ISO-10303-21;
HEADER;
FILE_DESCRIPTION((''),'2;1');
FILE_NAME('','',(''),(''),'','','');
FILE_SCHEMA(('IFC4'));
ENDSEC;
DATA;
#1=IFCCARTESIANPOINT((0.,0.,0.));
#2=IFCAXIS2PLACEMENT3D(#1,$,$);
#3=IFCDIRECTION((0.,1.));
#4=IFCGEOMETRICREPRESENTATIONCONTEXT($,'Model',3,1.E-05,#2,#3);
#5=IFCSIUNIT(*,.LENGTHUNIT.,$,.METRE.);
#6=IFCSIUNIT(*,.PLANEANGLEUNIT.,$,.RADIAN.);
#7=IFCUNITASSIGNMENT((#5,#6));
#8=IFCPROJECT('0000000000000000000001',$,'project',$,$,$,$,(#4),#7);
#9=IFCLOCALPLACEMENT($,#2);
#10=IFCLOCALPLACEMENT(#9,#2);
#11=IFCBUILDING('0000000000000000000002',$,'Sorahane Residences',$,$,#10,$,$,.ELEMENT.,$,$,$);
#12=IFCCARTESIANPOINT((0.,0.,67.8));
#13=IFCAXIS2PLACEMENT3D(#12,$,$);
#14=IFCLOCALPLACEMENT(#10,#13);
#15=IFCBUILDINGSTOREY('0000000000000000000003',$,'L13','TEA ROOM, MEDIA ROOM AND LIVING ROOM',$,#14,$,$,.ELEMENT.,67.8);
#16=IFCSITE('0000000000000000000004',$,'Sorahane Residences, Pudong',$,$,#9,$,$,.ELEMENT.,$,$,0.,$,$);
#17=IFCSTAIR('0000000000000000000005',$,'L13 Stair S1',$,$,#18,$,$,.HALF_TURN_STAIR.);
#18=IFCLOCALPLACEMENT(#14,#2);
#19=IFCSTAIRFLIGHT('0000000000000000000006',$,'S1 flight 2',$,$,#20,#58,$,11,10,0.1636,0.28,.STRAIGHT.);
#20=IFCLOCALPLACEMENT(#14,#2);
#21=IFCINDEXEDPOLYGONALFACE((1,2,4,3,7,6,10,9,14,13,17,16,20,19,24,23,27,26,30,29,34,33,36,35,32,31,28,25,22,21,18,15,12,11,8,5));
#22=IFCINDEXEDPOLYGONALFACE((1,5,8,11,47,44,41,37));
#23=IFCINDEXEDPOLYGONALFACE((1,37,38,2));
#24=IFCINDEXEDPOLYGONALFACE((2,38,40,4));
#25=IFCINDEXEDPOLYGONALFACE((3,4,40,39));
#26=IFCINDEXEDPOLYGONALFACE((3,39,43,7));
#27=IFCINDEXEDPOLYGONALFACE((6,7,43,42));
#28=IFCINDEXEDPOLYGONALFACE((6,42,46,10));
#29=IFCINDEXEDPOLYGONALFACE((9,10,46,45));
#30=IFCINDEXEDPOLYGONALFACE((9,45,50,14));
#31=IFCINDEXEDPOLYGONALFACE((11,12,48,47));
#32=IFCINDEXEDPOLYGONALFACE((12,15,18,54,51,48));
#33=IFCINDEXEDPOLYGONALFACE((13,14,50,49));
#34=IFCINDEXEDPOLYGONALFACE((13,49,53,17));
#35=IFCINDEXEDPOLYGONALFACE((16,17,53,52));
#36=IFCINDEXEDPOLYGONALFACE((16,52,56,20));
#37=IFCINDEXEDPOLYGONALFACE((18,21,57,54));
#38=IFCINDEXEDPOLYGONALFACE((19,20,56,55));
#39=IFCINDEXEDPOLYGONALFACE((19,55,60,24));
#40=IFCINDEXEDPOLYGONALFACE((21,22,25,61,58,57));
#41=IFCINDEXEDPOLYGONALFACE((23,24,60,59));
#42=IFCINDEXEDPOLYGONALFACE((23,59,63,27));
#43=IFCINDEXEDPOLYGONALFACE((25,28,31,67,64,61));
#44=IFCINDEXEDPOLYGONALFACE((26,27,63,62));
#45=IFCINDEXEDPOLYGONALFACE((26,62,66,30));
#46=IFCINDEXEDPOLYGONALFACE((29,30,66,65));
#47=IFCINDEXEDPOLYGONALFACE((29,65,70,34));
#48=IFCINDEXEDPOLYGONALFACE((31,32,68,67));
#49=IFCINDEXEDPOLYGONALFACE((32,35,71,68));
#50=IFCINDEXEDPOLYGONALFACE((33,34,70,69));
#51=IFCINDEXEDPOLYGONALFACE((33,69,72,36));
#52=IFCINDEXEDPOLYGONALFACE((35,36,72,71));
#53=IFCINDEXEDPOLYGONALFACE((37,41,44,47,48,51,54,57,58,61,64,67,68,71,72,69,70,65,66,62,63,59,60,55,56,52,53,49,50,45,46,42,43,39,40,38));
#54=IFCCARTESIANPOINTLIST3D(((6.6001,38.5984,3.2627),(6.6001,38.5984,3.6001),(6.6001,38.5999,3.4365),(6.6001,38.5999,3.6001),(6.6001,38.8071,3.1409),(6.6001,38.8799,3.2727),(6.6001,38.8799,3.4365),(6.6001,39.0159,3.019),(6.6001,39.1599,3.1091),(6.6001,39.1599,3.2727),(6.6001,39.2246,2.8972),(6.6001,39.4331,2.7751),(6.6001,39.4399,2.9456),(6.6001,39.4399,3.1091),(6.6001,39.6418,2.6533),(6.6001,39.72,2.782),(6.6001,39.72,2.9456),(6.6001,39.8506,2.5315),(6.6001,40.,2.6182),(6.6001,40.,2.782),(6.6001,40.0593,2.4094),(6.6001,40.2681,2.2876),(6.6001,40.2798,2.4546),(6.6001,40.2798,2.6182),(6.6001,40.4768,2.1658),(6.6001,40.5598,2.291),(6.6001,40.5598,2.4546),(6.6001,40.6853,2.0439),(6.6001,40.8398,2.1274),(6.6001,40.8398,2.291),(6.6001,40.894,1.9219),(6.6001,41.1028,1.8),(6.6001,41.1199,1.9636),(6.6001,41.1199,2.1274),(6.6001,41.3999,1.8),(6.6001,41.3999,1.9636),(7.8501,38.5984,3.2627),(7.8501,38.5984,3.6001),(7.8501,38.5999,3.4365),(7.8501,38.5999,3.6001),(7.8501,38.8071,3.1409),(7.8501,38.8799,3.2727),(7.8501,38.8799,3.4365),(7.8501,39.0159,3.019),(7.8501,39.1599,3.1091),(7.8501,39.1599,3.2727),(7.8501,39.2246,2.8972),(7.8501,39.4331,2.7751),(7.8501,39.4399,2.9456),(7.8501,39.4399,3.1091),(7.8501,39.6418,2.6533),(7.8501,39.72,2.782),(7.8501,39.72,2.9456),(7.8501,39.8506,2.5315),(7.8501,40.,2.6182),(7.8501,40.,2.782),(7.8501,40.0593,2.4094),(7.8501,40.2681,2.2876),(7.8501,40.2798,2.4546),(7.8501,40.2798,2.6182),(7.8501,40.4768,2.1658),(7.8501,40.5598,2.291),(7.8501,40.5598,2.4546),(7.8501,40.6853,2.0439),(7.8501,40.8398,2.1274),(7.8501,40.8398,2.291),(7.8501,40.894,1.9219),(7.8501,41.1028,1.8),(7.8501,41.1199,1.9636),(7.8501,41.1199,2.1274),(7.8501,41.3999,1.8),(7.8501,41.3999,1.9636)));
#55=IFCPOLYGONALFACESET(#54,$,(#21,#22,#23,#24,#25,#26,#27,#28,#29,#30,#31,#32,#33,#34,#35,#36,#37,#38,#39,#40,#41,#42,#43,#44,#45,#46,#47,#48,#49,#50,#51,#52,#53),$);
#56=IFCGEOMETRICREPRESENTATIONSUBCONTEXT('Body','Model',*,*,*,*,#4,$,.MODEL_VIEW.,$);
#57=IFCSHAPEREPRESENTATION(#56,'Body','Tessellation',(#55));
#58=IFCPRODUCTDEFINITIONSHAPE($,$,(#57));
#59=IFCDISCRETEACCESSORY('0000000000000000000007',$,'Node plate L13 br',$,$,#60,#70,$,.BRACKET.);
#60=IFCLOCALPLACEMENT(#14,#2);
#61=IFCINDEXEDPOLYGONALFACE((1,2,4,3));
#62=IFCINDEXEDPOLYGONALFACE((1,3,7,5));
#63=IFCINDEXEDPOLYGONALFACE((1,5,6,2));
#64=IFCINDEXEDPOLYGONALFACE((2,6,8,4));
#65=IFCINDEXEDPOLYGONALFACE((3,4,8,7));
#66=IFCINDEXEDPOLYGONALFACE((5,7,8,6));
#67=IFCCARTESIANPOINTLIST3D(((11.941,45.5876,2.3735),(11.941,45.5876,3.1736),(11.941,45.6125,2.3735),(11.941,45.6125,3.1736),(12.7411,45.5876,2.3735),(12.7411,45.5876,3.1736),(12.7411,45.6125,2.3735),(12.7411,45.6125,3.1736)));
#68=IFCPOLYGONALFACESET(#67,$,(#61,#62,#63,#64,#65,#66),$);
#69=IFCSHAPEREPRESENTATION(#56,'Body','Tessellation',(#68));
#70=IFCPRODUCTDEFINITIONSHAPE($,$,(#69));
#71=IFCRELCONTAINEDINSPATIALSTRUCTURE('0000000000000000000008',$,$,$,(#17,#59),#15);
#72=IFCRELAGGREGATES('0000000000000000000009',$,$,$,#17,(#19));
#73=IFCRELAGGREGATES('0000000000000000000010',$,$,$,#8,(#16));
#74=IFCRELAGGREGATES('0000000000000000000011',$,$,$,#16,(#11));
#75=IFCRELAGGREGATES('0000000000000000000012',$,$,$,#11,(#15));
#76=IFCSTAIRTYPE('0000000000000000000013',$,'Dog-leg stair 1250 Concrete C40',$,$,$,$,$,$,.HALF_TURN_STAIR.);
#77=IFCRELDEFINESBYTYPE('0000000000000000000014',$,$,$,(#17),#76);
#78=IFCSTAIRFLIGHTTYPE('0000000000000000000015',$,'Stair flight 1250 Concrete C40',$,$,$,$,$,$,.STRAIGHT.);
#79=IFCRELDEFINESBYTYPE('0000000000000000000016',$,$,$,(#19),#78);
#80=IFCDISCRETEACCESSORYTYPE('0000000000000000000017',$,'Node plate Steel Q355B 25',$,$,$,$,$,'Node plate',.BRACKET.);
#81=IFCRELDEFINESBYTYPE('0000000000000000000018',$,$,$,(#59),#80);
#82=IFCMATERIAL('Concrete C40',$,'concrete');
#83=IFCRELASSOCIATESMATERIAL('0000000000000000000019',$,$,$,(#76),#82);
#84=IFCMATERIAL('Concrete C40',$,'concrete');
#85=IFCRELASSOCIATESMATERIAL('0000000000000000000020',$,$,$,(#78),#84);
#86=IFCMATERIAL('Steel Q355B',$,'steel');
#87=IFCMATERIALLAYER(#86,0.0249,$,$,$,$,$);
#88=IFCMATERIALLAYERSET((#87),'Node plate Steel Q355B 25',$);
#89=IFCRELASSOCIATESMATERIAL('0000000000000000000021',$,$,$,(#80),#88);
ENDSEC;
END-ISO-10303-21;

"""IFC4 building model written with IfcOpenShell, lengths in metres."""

from ifc_helpers import new_model, si_unit, direction, frame, origin, origin_2d, place, context, subcontext, project, spatial, polyline, rectangle, outline, extrude, material, layer, layer_set, type_object, element, aggregate, save


model = new_model("IFC4")

# Units and contexts
model_context = context("Model", 3, precision=1e-05, world=origin(), true_north=direction((0.0, 1.0)))
body_context = subcontext(model_context, "Body", "Model", "MODEL_VIEW")
ifc_project = project(units=[si_unit("LENGTHUNIT", "METRE"), si_unit("PLANEANGLEUNIT", "RADIAN")], contexts=[model_context])

# Site, building, storey
site_placement = place(None, origin())
site = spatial("IfcSite", under=ifc_project, at=site_placement, Name="Sorahane Residences, Pudong", CompositionType="ELEMENT", RefElevation=0.0)
building_placement = place(site_placement, origin())
building = spatial("IfcBuilding", under=site, at=building_placement, Name="Sorahane Residences", CompositionType="ELEMENT")
storey_placement = place(building_placement, frame((0.0, 0.0, 67.8)))
storey = spatial("IfcBuildingStorey", under=building, at=storey_placement, Name="L13", Description="TEA ROOM, MEDIA ROOM AND LIVING ROOM", CompositionType="ELEMENT", Elevation=67.8)

# Stair, stair flight
ifc_material_1 = material(Name="Concrete C40", Category="concrete")
stair_type = type_object("IfcStairType", Name="Dog-leg stair 1250 Concrete C40", PredefinedType="HALF_TURN_STAIR", material=ifc_material_1)
stair_placement = place(storey_placement, origin())
stair = element("IfcStair", 1, at=stair_placement, inside=storey, type_object=stair_type, Name="L13 Stair S1", PredefinedType="HALF_TURN_STAIR")
ifc_material_2 = material(Name="Concrete C40", Category="concrete")
stair_flight_type = type_object("IfcStairFlightType", Name="Stair flight 1250 Concrete C40", PredefinedType="STRAIGHT", material=ifc_material_2)
stair_flight_placement = place(storey_placement, frame((7.2251, 41.3999, 1.8), z_axis=(0.0, 0.0, 1.0), x_axis=(0.0, -1.0, 0.0)))
stair_flight = element("IfcStairFlight", 2, at=stair_flight_placement, type_object=stair_flight_type, Name="S1 flight 2", NumberOfRisers=11, NumberOfTreads=10, PredefinedType="STRAIGHT", RiserHeight=0.1636, TreadLength=0.28, context=body_context, shape_type="SweptSolid", body=[
    extrude(outline(polyline([(0.0, 0.0), (0.0, 0.1636), (0.28, 0.1636), (0.28, 0.3274), (0.5601, 0.3274), (0.5601, 0.491), (0.8401, 0.491), (0.8401, 0.6545), (1.1201, 0.6545), (1.1201, 0.8181), (1.3999, 0.8181), (1.3999, 0.9819), (1.6799, 0.9819), (1.6799, 1.1455), (1.96, 1.1455), (1.96, 1.3091), (2.24, 1.3091), (2.24, 1.4727), (2.52, 1.4727), (2.52, 1.6365), (2.8, 1.6365), (2.8, 1.8), (2.8015, 1.8), (2.8015, 1.4626), (2.5928, 1.3408), (2.384, 1.219), (2.1753, 1.0972), (1.9668, 0.9751), (1.7581, 0.8533), (1.5493, 0.7314), (1.3406, 0.6094), (1.1318, 0.4875), (0.9231, 0.3657), (0.7146, 0.2439), (0.5059, 0.1218), (0.2971, 0.0), (0.0, 0.0)])), frame((0.0, 0.625, 0.0), z_axis=(0.0, -1.0, 0.0), x_axis=(1.0, 0.0, 0.0)), (0.0, 0.0, 1.0), 1.25),
])
aggregate(stair, [stair_flight])

# Discrete accessory
ifc_material_3 = material(Name="Steel Q355B", Category="steel")
ifc_layer_1 = layer(ifc_material_3, 0.0249)
ifc_layer_set_1 = layer_set([ifc_layer_1], Name="Node plate Steel Q355B 25")
discrete_accessory_type = type_object("IfcDiscreteAccessoryType", Name="Node plate Steel Q355B 25", ElementType="Node plate", PredefinedType="BRACKET", material=ifc_layer_set_1)
discrete_accessory_placement = place(storey_placement, frame((12.3411, 45.6001, 2.3735), z_axis=(0.0, 0.0, 1.0), x_axis=(1.0, 0.0, 0.0)))
element("IfcDiscreteAccessory", 3, at=discrete_accessory_placement, inside=storey, type_object=discrete_accessory_type, Name="Node plate L13 br", PredefinedType="BRACKET", context=body_context, shape_type="SweptSolid", body=[
    extrude(rectangle(XDim=0.8, YDim=0.0249, at=origin_2d()), origin(), (0.0, 0.0, 1.0), 0.8),
])

save(model, "model.ifc")
